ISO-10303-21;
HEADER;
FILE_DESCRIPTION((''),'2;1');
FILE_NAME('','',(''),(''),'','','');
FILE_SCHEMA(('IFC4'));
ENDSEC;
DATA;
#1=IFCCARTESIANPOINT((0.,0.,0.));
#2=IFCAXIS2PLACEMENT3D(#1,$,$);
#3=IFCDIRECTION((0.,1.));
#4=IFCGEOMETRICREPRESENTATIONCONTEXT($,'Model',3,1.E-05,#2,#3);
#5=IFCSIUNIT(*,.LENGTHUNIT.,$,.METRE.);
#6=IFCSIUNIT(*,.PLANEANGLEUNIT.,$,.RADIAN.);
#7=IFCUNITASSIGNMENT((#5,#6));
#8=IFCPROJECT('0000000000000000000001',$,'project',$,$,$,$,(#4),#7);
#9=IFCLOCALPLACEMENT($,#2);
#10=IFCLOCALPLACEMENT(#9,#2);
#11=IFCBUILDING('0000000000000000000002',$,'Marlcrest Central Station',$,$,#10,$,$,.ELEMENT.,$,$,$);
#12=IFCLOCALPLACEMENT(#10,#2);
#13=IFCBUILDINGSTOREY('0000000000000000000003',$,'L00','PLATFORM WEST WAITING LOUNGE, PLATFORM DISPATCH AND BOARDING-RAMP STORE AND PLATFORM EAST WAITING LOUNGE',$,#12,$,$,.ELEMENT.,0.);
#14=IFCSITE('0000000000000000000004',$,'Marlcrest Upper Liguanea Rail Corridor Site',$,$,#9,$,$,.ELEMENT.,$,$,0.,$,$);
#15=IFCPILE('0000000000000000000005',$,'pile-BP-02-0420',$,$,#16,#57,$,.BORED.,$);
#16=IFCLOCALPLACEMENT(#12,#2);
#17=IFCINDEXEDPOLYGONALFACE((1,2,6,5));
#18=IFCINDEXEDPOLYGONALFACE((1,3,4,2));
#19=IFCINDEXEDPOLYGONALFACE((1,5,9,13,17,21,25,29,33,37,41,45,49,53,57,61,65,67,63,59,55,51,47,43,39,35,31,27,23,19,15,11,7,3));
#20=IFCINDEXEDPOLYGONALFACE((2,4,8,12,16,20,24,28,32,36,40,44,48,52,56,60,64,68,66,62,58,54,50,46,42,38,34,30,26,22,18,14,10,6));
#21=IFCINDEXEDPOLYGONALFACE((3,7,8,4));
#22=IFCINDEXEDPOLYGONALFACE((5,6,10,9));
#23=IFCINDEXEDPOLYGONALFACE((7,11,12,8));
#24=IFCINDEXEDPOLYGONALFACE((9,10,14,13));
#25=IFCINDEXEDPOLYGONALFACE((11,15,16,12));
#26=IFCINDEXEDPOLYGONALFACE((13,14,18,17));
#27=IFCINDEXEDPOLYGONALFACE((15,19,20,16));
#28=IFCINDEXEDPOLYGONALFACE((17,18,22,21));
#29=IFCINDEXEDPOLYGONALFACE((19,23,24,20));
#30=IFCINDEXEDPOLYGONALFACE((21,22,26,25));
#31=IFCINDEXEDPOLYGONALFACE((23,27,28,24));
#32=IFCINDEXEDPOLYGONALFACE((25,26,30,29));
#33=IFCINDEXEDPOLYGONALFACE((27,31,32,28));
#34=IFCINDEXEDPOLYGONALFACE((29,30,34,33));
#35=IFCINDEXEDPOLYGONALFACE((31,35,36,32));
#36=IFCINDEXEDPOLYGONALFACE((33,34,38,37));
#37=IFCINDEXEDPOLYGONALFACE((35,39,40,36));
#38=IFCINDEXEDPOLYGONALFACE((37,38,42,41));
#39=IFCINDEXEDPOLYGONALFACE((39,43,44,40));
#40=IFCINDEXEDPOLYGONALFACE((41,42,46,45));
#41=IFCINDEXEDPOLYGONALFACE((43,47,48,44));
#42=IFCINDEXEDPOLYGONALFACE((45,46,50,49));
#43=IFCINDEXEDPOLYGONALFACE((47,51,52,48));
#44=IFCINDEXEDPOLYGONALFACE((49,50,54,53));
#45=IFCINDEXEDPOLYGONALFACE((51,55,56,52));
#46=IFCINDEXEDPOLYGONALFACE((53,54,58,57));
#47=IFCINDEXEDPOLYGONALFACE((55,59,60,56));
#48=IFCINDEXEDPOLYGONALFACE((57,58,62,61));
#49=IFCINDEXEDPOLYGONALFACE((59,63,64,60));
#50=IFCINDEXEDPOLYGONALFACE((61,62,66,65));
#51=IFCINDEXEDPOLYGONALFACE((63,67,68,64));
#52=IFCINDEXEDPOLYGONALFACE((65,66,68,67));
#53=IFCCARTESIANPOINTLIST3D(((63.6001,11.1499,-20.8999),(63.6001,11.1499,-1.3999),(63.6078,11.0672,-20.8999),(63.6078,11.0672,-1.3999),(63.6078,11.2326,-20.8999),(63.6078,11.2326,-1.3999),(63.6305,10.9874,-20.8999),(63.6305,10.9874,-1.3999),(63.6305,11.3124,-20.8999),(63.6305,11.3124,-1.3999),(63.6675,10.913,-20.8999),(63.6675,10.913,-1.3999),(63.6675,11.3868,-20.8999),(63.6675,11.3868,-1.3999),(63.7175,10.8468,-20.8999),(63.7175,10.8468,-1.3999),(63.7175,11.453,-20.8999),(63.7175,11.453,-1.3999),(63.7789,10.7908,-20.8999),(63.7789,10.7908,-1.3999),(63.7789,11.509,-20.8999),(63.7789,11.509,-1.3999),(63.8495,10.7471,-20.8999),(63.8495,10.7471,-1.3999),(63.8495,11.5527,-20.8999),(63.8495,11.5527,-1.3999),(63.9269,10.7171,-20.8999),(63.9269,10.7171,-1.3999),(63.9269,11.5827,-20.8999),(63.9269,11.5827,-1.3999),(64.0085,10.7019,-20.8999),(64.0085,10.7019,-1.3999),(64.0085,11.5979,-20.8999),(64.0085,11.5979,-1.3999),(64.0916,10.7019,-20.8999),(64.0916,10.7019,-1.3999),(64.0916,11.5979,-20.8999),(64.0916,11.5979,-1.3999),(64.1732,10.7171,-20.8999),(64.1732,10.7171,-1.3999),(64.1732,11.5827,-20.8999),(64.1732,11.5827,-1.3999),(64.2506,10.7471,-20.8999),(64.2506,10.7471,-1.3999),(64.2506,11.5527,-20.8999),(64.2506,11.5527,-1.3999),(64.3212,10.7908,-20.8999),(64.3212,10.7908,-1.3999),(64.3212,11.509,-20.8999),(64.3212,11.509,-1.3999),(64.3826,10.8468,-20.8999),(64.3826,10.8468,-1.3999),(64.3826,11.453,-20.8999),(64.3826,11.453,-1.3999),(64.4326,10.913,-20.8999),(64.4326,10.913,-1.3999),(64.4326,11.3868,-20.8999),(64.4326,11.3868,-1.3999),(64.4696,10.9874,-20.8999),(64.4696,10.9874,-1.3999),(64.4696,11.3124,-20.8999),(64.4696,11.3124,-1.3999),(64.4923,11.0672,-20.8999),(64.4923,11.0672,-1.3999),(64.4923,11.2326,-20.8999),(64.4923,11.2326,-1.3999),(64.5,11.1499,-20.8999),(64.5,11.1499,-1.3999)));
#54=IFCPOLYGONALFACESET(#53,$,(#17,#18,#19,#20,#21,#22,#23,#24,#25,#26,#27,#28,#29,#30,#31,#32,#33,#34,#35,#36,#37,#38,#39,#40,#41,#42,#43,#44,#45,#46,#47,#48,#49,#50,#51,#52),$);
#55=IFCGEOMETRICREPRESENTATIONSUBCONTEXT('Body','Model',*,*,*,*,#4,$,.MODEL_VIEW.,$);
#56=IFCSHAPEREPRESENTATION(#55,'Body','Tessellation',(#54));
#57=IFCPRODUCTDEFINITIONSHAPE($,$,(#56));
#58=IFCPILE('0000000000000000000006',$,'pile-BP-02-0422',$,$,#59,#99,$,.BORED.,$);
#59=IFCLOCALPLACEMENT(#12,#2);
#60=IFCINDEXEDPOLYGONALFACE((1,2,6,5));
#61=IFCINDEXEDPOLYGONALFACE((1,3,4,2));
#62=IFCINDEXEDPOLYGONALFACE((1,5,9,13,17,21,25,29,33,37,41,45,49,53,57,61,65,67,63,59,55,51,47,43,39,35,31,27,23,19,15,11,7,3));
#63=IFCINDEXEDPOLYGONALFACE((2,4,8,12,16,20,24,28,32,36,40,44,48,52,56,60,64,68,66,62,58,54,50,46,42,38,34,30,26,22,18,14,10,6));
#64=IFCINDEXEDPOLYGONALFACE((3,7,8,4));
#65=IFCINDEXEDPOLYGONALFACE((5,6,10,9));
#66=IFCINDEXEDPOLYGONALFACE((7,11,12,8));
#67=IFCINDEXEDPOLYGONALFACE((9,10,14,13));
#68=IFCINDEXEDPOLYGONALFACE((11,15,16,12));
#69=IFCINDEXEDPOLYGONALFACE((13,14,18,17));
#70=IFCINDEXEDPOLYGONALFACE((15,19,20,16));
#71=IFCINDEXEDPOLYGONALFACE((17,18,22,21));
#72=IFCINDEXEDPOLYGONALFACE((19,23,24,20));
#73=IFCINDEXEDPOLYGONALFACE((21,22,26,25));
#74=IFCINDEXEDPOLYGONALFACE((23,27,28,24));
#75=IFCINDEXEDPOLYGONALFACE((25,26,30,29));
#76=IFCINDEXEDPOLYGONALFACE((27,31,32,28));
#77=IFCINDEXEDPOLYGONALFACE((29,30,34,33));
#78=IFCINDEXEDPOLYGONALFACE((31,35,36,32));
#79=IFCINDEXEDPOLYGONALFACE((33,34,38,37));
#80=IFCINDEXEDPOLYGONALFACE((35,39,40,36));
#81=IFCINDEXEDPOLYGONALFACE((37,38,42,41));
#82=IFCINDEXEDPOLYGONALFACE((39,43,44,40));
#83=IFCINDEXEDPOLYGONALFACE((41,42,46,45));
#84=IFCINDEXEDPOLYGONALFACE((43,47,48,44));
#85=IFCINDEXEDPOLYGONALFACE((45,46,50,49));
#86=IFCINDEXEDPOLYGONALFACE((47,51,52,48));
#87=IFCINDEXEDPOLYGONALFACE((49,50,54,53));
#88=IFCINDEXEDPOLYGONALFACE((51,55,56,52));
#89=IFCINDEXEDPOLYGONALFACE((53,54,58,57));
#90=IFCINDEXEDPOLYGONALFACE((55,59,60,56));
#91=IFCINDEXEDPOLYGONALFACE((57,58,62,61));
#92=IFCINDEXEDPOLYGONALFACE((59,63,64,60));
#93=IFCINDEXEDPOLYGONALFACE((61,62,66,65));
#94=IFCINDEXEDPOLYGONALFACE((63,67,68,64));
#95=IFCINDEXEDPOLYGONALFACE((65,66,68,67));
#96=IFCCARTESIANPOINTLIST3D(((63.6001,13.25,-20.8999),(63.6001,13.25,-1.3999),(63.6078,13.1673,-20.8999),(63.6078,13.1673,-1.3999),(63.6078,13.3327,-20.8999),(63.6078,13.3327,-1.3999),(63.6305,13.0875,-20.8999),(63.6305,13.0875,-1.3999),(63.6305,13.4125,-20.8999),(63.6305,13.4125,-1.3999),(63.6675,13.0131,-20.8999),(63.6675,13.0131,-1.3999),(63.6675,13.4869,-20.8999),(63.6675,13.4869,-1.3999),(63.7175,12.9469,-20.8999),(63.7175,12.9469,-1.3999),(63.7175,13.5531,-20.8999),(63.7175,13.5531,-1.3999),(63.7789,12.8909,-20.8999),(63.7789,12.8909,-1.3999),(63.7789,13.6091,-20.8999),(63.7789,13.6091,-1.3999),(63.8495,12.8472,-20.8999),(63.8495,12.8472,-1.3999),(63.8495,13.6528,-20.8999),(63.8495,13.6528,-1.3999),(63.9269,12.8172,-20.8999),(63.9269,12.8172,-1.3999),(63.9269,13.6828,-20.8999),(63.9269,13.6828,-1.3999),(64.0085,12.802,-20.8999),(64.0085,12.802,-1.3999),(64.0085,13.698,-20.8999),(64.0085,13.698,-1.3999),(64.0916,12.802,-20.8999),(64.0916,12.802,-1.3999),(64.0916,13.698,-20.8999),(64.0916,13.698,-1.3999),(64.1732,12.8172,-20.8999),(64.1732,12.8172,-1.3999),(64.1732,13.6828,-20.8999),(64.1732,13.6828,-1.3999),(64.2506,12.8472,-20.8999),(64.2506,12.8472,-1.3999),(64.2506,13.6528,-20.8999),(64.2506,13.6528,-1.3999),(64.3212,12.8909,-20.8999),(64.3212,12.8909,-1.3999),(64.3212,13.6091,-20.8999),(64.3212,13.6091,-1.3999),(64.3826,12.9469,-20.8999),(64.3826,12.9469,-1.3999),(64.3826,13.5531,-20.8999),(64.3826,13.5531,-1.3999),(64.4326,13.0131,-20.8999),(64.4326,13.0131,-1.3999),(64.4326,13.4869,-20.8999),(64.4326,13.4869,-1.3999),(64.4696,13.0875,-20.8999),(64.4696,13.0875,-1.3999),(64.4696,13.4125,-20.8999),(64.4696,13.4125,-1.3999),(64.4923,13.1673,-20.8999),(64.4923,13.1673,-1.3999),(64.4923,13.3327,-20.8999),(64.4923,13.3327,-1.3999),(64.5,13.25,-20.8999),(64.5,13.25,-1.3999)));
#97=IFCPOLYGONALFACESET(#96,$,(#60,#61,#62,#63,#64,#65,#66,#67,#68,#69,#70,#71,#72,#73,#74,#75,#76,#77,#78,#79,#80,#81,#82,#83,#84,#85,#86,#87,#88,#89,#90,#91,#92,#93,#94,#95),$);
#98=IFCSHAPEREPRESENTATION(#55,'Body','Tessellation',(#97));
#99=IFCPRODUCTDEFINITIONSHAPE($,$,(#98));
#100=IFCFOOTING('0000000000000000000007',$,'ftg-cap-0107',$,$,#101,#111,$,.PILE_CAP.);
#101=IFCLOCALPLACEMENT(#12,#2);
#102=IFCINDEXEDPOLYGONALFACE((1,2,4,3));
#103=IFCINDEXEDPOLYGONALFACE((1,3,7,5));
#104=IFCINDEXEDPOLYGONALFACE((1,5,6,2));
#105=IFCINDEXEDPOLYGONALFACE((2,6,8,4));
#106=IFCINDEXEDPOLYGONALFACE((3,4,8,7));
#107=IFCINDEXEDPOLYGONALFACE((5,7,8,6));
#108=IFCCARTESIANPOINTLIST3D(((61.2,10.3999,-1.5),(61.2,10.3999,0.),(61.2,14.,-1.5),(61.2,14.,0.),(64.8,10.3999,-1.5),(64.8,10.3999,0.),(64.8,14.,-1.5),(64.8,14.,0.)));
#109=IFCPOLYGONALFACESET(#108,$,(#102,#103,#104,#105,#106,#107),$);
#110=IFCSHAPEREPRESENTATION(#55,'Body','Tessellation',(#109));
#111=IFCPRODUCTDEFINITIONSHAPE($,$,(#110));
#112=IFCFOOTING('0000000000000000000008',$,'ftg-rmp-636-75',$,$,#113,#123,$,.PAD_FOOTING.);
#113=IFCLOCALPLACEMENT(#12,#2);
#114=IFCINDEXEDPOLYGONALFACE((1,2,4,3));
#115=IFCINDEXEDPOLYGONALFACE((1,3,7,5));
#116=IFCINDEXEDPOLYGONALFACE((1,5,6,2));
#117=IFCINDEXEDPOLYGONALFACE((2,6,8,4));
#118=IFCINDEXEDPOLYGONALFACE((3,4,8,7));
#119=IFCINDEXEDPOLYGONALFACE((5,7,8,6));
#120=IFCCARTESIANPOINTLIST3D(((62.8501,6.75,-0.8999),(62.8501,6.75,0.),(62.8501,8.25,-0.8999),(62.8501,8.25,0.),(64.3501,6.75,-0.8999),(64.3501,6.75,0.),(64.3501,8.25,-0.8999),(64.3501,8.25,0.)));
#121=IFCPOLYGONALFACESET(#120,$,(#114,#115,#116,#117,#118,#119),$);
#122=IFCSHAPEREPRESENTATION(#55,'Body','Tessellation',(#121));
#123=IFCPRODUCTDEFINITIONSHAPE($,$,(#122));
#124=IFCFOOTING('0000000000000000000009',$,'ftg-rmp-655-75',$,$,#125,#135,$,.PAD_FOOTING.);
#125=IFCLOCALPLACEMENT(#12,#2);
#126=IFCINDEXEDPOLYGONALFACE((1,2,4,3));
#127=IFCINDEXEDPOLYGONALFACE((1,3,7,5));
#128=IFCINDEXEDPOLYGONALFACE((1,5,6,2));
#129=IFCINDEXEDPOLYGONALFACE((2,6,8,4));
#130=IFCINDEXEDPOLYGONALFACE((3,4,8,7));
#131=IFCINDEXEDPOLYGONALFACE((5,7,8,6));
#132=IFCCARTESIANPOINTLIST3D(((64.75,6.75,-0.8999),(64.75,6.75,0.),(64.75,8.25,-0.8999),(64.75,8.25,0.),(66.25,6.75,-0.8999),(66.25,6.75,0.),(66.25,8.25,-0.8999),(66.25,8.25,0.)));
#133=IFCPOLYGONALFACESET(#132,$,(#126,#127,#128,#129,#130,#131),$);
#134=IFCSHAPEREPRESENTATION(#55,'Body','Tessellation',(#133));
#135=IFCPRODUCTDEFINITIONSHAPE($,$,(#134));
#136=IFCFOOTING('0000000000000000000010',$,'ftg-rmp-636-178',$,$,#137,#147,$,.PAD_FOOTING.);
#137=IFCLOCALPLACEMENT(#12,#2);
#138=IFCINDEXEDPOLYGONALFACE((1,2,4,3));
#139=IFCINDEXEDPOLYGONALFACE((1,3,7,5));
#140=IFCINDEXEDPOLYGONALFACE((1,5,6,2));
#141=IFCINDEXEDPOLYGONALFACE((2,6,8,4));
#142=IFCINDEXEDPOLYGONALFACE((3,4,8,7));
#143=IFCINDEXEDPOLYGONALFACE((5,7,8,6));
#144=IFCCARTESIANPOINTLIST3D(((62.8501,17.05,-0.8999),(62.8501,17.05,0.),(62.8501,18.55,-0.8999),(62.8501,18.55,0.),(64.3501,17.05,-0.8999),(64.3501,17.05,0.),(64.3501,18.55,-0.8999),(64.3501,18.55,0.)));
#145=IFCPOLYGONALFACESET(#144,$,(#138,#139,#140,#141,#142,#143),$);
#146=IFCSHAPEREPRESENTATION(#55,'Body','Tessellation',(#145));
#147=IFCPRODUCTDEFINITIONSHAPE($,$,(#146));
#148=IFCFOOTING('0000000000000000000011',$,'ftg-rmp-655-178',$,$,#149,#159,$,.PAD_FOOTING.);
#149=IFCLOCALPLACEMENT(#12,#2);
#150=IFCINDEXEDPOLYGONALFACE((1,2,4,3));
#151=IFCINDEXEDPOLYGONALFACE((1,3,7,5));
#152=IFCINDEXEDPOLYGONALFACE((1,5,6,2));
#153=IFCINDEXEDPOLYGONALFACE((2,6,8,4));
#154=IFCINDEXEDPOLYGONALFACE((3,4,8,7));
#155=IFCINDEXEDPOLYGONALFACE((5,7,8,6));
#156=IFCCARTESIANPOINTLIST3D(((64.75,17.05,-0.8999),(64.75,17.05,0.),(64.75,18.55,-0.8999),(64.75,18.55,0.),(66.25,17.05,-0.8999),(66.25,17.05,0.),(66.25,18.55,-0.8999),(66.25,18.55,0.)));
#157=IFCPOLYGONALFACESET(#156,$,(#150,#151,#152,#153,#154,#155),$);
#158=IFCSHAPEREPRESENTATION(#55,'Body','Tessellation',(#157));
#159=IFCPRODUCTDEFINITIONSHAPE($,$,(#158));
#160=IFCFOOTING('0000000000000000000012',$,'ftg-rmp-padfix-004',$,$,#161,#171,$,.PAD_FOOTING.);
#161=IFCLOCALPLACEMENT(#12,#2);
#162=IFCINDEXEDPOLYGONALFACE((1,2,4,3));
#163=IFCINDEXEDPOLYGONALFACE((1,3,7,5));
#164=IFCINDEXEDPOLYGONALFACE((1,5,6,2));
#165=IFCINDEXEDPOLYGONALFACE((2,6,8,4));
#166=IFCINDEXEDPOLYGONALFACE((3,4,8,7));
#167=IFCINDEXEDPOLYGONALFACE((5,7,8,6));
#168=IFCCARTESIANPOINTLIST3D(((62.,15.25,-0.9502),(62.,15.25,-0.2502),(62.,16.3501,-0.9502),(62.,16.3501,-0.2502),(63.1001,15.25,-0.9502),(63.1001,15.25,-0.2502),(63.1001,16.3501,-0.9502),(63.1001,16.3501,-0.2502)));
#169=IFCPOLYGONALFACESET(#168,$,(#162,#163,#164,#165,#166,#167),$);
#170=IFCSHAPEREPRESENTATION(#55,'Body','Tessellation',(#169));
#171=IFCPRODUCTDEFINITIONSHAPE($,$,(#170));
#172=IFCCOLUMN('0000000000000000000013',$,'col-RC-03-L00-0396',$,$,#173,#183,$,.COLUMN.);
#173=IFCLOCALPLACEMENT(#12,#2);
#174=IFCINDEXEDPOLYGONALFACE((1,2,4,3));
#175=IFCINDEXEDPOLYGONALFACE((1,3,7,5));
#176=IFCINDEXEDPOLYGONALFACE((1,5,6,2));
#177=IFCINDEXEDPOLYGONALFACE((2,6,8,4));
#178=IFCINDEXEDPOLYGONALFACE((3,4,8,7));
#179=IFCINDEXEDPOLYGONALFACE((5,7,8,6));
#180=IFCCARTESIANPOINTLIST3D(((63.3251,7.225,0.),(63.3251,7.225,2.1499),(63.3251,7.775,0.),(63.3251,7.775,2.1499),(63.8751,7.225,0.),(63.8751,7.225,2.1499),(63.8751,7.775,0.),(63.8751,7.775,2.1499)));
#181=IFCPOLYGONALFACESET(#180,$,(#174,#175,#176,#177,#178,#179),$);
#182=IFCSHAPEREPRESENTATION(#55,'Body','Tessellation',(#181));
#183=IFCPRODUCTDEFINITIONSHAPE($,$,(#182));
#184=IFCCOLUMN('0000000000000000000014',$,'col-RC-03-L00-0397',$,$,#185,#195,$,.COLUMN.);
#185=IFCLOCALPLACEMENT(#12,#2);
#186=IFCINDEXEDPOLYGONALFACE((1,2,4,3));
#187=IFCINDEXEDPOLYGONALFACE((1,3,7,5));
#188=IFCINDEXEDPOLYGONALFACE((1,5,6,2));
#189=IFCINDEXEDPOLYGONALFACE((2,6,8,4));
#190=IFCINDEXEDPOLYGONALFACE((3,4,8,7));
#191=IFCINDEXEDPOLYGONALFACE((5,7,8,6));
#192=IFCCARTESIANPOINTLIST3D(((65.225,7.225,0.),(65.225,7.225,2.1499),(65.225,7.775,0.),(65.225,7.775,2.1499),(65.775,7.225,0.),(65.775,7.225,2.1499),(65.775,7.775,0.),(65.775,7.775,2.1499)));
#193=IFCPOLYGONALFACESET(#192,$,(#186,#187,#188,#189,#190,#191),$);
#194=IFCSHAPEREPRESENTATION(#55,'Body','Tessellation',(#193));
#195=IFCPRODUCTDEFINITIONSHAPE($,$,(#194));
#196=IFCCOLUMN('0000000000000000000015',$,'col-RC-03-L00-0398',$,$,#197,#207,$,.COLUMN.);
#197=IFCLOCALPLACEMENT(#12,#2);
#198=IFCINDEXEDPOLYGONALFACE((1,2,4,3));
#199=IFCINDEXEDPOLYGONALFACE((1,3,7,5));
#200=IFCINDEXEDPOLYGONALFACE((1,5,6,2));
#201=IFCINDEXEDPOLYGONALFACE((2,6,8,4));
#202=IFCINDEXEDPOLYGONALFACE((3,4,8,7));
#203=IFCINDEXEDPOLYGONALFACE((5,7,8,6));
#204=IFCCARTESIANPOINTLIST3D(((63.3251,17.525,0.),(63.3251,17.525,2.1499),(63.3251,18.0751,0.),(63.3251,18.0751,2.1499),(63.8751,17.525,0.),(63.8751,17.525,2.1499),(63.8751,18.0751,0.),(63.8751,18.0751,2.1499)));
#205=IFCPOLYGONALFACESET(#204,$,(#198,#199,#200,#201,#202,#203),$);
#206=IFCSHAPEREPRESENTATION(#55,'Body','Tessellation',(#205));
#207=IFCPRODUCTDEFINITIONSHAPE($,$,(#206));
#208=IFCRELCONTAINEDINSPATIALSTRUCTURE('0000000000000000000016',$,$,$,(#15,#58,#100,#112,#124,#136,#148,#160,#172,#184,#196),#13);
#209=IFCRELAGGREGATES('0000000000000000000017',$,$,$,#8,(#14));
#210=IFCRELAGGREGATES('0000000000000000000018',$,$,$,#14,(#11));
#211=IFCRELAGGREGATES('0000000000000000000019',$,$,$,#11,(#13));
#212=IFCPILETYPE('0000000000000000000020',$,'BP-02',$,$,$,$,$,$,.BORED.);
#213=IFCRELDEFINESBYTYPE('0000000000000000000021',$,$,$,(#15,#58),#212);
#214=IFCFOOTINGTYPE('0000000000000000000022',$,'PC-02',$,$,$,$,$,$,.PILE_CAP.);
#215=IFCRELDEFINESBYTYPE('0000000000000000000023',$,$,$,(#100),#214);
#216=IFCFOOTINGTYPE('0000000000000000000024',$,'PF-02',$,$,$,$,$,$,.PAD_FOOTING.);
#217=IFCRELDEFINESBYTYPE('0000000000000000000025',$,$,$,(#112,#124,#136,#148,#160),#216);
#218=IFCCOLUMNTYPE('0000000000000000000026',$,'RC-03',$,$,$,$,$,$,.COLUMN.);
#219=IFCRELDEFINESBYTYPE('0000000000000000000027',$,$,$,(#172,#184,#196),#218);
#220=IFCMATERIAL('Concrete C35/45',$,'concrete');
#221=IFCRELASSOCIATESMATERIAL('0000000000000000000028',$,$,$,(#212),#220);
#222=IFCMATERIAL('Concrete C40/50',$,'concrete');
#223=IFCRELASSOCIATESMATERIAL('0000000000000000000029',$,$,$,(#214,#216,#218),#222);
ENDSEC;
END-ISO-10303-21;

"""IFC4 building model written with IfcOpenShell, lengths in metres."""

from ifc_helpers import new_model, si_unit, direction, frame, origin, origin_2d, place, context, subcontext, project, spatial, rectangle, circle, extrude, material, material_profile, profile_set, type_object, element, save


model = new_model("IFC4")

# Units and contexts
model_context = context("Model", 3, precision=1e-05, world=origin(), true_north=direction((0.0, 1.0)))
body_context = subcontext(model_context, "Body", "Model", "MODEL_VIEW")
ifc_project = project(units=[si_unit("LENGTHUNIT", "METRE"), si_unit("PLANEANGLEUNIT", "RADIAN")], contexts=[model_context])

# Site, building, storey
site_placement = place(None, origin())
site = spatial("IfcSite", under=ifc_project, at=site_placement, Name="Marlcrest Upper Liguanea Rail Corridor Site", CompositionType="ELEMENT", RefElevation=0.0)
building_placement = place(site_placement, origin())
building = spatial("IfcBuilding", under=site, at=building_placement, Name="Marlcrest Central Station", CompositionType="ELEMENT")
storey_placement = place(building_placement, origin())
storey = spatial("IfcBuildingStorey", under=building, at=storey_placement, Name="L00", Description="PLATFORM WEST WAITING LOUNGE, PLATFORM DISPATCH AND BOARDING-RAMP STORE AND PLATFORM EAST WAITING LOUNGE", CompositionType="ELEMENT", Elevation=0.0)

# Piles
ifc_material_1 = material(Name="Concrete C35/45", Category="concrete")
ifc_material_profile_1 = material_profile(ifc_material_1, circle(Radius=0.45, at=origin_2d()), Name="PILE D900")
ifc_profile_set_1 = profile_set([ifc_material_profile_1], Name="Concrete C35/45")
pile_type = type_object("IfcPileType", Name="BP-02", PredefinedType="BORED", material=ifc_profile_set_1)
for number, where, z_axis, x_axis, name in (
    (1, (64.05, 11.1499, -1.3999), (0.0, 0.0, -1.0), (1.0, 0.0, 0.0), "pile-BP-02-0420"),
    (2, (64.05, 13.25, -1.3999), (0.0, 0.0, -1.0), (1.0, 0.0, 0.0), "pile-BP-02-0422"),
):
    element("IfcPile", number, at=place(storey_placement, frame(where, z_axis=z_axis, x_axis=x_axis)), inside=storey, type_object=pile_type, Name=name, PredefinedType="BORED", context=body_context, shape_type="SweptSolid", body=[
        extrude(circle(Radius=0.45, at=origin_2d()), origin(), (0.0, 0.0, 1.0), 19.5),
    ])

# Footings
ifc_material_2 = material(Name="Concrete C40/50", Category="concrete")
footing_type_1 = type_object("IfcFootingType", Name="PC-02", PredefinedType="PILE_CAP", material=ifc_material_2)
footing_1_placement = place(storey_placement, frame((63.0, 12.2, -1.5), z_axis=(0.0, 0.0, 1.0), x_axis=(1.0, 0.0, 0.0)))
element("IfcFooting", 3, at=footing_1_placement, inside=storey, type_object=footing_type_1, Name="ftg-cap-0107", PredefinedType="PILE_CAP", context=body_context, shape_type="SweptSolid", body=[
    extrude(rectangle(XDim=3.6001, YDim=3.6001, at=origin_2d()), origin(), (0.0, 0.0, 1.0), 1.5),
])
footing_type_2 = type_object("IfcFootingType", Name="PF-02", PredefinedType="PAD_FOOTING", material=ifc_material_2)
for number, where, z_axis, x_axis, name in (
    (4, (63.6001, 7.5, -0.8999), (0.0, 0.0, 1.0), (1.0, 0.0, 0.0), "ftg-rmp-636-75"),
    (5, (65.5, 7.5, -0.8999), (0.0, 0.0, 1.0), (1.0, 0.0, 0.0), "ftg-rmp-655-75"),
    (6, (63.6001, 17.8, -0.8999), (0.0, 0.0, 1.0), (1.0, 0.0, 0.0), "ftg-rmp-636-178"),
    (7, (65.5, 17.8, -0.8999), (0.0, 0.0, 1.0), (1.0, 0.0, 0.0), "ftg-rmp-655-178"),
):
    element("IfcFooting", number, at=place(storey_placement, frame(where, z_axis=z_axis, x_axis=x_axis)), inside=storey, type_object=footing_type_2, Name=name, PredefinedType="PAD_FOOTING", context=body_context, shape_type="SweptSolid", body=[
        extrude(rectangle(XDim=1.5, YDim=1.5, at=origin_2d()), origin(), (0.0, 0.0, 1.0), 0.8999),
    ])
footing_2_placement = place(storey_placement, frame((62.55, 15.8, -0.9502), z_axis=(0.0, 0.0, 1.0), x_axis=(1.0, 0.0, 0.0)))
element("IfcFooting", 8, at=footing_2_placement, inside=storey, type_object=footing_type_2, Name="ftg-rmp-padfix-004", PredefinedType="PAD_FOOTING", context=body_context, shape_type="SweptSolid", body=[
    extrude(rectangle(XDim=1.1001, YDim=1.1001, at=origin_2d()), origin(), (0.0, 0.0, 1.0), 0.7),
])

# Columns
ifc_material_profile_2 = material_profile(ifc_material_2, rectangle(XDim=0.55, YDim=0.55, at=origin_2d()), Name="RC 550x550")
ifc_profile_set_2 = profile_set([ifc_material_profile_2], Name="Concrete C40/50")
column_type_1 = type_object("IfcColumnType", Name="RC-03", PredefinedType="COLUMN", material=ifc_profile_set_2)
for number, where, z_axis, x_axis, name in (
    (9, (63.6001, 7.5, 0.0), (0.0, 0.0, 1.0), (1.0, 0.0, 0.0), "col-RC-03-L00-0396"),
    (10, (65.5, 7.5, 0.0), (0.0, 0.0, 1.0), (1.0, 0.0, 0.0), "col-RC-03-L00-0397"),
    (11, (63.6001, 17.8, 0.0), (0.0, 0.0, 1.0), (1.0, 0.0, 0.0), "col-RC-03-L00-0398"),
):
    element("IfcColumn", number, at=place(storey_placement, frame(where, z_axis=z_axis, x_axis=x_axis)), inside=storey, type_object=column_type_1, Name=name, PredefinedType="COLUMN", context=body_context, shape_type="SweptSolid", body=[
        extrude(rectangle(XDim=0.55, YDim=0.55, at=origin_2d()), origin(), (0.0, 0.0, 1.0), 2.1499),
    ])

save(model, "model.ifc")
